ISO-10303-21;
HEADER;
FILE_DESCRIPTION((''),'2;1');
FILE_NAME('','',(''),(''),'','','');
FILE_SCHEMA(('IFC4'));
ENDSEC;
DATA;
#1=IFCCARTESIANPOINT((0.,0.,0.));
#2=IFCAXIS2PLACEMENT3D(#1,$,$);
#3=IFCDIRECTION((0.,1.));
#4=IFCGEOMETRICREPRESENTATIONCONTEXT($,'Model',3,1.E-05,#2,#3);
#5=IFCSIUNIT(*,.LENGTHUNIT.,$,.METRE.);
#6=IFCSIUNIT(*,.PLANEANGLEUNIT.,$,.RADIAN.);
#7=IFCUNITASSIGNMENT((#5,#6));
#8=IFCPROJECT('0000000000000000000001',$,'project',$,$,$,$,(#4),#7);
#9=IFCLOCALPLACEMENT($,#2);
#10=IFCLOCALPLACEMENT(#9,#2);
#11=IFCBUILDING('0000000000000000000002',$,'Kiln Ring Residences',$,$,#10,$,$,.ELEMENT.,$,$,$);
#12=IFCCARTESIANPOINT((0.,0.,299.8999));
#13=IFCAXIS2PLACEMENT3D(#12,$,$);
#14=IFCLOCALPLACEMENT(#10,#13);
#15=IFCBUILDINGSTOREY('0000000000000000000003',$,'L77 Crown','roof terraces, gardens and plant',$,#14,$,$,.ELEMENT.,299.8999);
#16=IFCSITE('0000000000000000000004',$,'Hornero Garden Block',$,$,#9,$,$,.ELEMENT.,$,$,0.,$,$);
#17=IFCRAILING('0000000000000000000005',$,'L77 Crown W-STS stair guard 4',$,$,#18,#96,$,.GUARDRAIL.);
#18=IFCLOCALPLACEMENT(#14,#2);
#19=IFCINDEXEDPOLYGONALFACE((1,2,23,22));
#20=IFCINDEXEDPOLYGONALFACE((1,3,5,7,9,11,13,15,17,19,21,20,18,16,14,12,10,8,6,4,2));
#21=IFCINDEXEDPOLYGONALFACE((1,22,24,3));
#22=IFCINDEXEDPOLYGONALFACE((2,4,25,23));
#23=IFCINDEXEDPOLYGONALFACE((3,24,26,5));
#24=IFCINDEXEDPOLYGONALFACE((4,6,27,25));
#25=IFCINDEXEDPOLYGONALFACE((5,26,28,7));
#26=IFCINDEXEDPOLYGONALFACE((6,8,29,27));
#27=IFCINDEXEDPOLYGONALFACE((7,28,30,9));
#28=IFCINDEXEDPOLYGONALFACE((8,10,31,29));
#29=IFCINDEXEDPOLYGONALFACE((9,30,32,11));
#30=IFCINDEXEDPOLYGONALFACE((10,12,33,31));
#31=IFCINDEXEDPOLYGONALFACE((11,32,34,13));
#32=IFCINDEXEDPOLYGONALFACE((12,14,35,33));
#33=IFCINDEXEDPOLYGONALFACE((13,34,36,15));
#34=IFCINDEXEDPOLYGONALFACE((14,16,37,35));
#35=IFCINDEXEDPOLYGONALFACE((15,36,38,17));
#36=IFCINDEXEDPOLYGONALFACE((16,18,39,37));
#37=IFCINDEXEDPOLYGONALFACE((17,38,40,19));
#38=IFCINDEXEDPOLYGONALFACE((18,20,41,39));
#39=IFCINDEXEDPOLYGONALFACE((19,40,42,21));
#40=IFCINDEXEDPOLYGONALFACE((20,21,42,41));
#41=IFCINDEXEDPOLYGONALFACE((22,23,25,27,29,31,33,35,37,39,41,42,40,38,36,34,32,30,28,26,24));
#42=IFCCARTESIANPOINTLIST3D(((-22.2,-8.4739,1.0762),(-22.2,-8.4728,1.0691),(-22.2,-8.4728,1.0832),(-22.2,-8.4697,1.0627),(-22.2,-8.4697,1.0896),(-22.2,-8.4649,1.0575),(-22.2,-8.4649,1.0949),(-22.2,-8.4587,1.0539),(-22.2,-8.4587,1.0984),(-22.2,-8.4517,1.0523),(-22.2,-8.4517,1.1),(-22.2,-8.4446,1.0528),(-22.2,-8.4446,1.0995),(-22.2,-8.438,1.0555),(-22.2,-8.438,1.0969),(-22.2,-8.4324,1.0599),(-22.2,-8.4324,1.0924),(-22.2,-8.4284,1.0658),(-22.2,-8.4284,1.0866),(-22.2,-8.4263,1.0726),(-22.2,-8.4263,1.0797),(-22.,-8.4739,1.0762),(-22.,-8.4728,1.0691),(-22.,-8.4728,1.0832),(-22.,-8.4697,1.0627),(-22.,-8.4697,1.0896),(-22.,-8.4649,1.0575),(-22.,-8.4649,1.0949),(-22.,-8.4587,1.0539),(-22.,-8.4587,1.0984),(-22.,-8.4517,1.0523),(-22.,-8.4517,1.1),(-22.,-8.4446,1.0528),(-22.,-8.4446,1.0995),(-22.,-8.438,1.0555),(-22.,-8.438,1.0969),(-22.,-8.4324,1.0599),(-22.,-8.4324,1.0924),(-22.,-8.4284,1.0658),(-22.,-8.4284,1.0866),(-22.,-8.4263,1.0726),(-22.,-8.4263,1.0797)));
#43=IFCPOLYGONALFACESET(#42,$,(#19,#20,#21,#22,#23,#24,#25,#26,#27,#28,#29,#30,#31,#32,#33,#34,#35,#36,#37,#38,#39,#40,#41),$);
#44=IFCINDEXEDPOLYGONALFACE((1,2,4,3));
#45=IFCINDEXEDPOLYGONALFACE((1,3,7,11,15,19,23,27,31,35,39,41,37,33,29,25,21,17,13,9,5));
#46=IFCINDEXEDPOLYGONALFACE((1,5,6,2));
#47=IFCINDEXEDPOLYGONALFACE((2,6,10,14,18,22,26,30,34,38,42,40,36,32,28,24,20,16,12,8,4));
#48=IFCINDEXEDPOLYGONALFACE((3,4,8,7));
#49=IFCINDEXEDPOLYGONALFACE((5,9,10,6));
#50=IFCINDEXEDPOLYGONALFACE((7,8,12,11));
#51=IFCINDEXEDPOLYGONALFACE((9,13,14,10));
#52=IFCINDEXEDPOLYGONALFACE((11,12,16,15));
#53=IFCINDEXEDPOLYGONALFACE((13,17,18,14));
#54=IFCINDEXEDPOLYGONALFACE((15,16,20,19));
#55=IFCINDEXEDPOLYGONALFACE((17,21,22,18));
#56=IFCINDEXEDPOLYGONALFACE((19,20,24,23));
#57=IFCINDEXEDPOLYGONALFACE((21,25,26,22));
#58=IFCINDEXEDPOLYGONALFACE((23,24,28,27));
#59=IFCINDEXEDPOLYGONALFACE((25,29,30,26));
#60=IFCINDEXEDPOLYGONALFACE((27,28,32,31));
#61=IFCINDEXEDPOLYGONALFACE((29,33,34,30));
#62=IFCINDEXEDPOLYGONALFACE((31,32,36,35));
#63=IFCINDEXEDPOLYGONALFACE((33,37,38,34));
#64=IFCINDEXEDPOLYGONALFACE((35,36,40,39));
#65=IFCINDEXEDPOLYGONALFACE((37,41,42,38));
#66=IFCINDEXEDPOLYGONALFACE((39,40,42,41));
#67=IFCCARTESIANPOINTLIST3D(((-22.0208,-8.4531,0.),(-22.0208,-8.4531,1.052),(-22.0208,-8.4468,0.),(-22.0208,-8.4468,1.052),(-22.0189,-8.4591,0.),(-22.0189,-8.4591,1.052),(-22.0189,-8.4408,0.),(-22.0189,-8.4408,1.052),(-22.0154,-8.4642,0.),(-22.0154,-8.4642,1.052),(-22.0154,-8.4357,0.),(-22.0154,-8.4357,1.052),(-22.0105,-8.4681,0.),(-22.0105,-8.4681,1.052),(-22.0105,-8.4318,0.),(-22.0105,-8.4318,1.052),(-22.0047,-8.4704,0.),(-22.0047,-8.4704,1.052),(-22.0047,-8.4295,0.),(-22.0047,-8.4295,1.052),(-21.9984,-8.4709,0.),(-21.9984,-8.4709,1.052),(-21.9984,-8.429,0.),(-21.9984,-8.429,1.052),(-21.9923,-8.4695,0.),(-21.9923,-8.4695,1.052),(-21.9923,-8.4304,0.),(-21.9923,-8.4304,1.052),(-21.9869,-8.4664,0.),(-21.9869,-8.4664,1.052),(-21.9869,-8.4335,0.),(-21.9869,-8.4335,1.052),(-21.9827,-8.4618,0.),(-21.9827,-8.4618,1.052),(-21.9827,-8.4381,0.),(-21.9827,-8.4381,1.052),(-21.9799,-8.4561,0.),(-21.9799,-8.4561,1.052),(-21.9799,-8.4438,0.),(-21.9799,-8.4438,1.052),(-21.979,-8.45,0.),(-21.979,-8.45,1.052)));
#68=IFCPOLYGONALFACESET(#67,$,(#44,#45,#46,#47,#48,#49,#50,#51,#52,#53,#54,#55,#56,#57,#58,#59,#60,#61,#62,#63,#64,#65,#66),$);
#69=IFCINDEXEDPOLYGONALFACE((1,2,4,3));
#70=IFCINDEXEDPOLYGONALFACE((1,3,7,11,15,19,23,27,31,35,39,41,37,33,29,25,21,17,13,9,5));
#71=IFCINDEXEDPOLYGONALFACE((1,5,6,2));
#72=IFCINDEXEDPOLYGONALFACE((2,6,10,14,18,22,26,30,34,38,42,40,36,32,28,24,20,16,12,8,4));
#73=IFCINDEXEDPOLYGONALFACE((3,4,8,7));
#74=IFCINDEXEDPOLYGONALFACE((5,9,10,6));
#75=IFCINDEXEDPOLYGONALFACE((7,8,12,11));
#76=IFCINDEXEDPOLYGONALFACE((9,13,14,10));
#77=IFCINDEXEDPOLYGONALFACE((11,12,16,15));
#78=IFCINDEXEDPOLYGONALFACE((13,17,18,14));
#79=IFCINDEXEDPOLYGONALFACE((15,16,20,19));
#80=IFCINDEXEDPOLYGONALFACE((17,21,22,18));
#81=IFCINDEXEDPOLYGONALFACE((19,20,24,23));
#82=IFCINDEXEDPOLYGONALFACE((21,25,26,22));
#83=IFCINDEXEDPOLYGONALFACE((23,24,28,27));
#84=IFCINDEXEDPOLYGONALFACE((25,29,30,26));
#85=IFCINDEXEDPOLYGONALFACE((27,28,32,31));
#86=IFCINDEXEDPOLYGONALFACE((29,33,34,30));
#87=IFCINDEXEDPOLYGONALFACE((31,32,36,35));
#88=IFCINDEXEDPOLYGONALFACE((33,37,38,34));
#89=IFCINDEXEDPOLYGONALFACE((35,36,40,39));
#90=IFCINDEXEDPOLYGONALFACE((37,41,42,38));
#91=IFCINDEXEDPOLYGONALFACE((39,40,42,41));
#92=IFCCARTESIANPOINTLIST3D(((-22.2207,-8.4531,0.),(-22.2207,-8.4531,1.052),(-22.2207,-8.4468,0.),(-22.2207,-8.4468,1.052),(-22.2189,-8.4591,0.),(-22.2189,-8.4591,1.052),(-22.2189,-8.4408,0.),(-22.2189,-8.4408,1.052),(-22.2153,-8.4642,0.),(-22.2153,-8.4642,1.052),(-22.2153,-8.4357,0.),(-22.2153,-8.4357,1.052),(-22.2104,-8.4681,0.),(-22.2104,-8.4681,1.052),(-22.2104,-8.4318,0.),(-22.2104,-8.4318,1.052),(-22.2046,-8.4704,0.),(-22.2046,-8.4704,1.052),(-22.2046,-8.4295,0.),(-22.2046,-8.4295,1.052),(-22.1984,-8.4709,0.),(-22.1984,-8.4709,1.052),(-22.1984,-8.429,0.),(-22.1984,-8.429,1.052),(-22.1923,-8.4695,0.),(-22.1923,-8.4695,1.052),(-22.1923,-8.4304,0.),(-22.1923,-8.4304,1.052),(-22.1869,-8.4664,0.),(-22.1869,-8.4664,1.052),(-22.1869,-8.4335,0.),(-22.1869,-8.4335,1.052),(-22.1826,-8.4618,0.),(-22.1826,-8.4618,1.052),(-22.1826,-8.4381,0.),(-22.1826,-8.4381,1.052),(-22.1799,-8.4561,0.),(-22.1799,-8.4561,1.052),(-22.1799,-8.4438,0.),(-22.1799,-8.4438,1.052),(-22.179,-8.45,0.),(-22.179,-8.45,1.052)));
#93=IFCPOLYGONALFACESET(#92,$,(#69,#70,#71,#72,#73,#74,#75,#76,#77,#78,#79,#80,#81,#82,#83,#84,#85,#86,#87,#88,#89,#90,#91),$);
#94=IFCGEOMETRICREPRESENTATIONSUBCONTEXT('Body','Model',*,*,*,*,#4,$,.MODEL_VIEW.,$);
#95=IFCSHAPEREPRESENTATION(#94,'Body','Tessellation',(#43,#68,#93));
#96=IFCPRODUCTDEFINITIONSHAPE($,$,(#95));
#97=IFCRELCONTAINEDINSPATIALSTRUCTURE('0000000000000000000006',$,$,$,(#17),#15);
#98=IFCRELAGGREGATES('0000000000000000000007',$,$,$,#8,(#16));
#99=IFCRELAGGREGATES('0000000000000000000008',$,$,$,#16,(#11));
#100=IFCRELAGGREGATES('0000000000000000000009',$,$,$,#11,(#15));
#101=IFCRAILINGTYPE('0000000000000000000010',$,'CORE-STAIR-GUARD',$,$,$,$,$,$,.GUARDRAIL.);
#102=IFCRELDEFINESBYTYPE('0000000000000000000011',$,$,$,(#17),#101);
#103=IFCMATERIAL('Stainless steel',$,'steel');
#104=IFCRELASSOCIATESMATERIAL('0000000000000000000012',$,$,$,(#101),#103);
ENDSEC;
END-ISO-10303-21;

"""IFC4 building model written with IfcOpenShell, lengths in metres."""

from ifc_helpers import new_model, si_unit, direction, frame, origin, origin_2d, place, context, subcontext, project, spatial, circle, extrude, material, type_object, element, save


model = new_model("IFC4")

# Units and contexts
model_context = context("Model", 3, precision=1e-05, world=origin(), true_north=direction((0.0, 1.0)))
body_context = subcontext(model_context, "Body", "Model", "MODEL_VIEW")
ifc_project = project(units=[si_unit("LENGTHUNIT", "METRE"), si_unit("PLANEANGLEUNIT", "RADIAN")], contexts=[model_context])

# Site, building, storey
site_placement = place(None, origin())
site = spatial("IfcSite", under=ifc_project, at=site_placement, Name="Hornero Garden Block", CompositionType="ELEMENT", RefElevation=0.0)
building_placement = place(site_placement, origin())
building = spatial("IfcBuilding", under=site, at=building_placement, Name="Kiln Ring Residences", CompositionType="ELEMENT")
storey_placement = place(building_placement, frame((0.0, 0.0, 299.8999)))
storey = spatial("IfcBuildingStorey", under=building, at=storey_placement, Name="L77 Crown", Description="roof terraces, gardens and plant", CompositionType="ELEMENT", Elevation=299.8999)

# Railing
ifc_material_1 = material(Name="Stainless steel", Category="steel")
railing_type_1 = type_object("IfcRailingType", Name="CORE-STAIR-GUARD", PredefinedType="GUARDRAIL", material=ifc_material_1)
railing_1_placement = place(storey_placement, frame((-22.0, -8.45, 0.0)))
element("IfcRailing", 1, at=railing_1_placement, inside=storey, type_object=railing_type_1, Name="L77 Crown W-STS stair guard 4", PredefinedType="GUARDRAIL", context=body_context, shape_type="SweptSolid", body=[
    extrude(circle(Radius=0.0239, at=origin_2d()), frame((0.0, 0.0, 1.0762), z_axis=(-1.0, 0.0, 0.0), x_axis=(0.0, -1.0, 0.0)), (0.0, 0.0, 1.0), 0.2),
    extrude(circle(Radius=0.021, at=origin_2d()), origin(), (0.0, 0.0, 1.0), 1.052),
    extrude(circle(Radius=0.021, at=origin_2d()), frame((-0.2, 0.0, 0.0)), (0.0, 0.0, 1.0), 1.052),
])

save(model, "model.ifc")
